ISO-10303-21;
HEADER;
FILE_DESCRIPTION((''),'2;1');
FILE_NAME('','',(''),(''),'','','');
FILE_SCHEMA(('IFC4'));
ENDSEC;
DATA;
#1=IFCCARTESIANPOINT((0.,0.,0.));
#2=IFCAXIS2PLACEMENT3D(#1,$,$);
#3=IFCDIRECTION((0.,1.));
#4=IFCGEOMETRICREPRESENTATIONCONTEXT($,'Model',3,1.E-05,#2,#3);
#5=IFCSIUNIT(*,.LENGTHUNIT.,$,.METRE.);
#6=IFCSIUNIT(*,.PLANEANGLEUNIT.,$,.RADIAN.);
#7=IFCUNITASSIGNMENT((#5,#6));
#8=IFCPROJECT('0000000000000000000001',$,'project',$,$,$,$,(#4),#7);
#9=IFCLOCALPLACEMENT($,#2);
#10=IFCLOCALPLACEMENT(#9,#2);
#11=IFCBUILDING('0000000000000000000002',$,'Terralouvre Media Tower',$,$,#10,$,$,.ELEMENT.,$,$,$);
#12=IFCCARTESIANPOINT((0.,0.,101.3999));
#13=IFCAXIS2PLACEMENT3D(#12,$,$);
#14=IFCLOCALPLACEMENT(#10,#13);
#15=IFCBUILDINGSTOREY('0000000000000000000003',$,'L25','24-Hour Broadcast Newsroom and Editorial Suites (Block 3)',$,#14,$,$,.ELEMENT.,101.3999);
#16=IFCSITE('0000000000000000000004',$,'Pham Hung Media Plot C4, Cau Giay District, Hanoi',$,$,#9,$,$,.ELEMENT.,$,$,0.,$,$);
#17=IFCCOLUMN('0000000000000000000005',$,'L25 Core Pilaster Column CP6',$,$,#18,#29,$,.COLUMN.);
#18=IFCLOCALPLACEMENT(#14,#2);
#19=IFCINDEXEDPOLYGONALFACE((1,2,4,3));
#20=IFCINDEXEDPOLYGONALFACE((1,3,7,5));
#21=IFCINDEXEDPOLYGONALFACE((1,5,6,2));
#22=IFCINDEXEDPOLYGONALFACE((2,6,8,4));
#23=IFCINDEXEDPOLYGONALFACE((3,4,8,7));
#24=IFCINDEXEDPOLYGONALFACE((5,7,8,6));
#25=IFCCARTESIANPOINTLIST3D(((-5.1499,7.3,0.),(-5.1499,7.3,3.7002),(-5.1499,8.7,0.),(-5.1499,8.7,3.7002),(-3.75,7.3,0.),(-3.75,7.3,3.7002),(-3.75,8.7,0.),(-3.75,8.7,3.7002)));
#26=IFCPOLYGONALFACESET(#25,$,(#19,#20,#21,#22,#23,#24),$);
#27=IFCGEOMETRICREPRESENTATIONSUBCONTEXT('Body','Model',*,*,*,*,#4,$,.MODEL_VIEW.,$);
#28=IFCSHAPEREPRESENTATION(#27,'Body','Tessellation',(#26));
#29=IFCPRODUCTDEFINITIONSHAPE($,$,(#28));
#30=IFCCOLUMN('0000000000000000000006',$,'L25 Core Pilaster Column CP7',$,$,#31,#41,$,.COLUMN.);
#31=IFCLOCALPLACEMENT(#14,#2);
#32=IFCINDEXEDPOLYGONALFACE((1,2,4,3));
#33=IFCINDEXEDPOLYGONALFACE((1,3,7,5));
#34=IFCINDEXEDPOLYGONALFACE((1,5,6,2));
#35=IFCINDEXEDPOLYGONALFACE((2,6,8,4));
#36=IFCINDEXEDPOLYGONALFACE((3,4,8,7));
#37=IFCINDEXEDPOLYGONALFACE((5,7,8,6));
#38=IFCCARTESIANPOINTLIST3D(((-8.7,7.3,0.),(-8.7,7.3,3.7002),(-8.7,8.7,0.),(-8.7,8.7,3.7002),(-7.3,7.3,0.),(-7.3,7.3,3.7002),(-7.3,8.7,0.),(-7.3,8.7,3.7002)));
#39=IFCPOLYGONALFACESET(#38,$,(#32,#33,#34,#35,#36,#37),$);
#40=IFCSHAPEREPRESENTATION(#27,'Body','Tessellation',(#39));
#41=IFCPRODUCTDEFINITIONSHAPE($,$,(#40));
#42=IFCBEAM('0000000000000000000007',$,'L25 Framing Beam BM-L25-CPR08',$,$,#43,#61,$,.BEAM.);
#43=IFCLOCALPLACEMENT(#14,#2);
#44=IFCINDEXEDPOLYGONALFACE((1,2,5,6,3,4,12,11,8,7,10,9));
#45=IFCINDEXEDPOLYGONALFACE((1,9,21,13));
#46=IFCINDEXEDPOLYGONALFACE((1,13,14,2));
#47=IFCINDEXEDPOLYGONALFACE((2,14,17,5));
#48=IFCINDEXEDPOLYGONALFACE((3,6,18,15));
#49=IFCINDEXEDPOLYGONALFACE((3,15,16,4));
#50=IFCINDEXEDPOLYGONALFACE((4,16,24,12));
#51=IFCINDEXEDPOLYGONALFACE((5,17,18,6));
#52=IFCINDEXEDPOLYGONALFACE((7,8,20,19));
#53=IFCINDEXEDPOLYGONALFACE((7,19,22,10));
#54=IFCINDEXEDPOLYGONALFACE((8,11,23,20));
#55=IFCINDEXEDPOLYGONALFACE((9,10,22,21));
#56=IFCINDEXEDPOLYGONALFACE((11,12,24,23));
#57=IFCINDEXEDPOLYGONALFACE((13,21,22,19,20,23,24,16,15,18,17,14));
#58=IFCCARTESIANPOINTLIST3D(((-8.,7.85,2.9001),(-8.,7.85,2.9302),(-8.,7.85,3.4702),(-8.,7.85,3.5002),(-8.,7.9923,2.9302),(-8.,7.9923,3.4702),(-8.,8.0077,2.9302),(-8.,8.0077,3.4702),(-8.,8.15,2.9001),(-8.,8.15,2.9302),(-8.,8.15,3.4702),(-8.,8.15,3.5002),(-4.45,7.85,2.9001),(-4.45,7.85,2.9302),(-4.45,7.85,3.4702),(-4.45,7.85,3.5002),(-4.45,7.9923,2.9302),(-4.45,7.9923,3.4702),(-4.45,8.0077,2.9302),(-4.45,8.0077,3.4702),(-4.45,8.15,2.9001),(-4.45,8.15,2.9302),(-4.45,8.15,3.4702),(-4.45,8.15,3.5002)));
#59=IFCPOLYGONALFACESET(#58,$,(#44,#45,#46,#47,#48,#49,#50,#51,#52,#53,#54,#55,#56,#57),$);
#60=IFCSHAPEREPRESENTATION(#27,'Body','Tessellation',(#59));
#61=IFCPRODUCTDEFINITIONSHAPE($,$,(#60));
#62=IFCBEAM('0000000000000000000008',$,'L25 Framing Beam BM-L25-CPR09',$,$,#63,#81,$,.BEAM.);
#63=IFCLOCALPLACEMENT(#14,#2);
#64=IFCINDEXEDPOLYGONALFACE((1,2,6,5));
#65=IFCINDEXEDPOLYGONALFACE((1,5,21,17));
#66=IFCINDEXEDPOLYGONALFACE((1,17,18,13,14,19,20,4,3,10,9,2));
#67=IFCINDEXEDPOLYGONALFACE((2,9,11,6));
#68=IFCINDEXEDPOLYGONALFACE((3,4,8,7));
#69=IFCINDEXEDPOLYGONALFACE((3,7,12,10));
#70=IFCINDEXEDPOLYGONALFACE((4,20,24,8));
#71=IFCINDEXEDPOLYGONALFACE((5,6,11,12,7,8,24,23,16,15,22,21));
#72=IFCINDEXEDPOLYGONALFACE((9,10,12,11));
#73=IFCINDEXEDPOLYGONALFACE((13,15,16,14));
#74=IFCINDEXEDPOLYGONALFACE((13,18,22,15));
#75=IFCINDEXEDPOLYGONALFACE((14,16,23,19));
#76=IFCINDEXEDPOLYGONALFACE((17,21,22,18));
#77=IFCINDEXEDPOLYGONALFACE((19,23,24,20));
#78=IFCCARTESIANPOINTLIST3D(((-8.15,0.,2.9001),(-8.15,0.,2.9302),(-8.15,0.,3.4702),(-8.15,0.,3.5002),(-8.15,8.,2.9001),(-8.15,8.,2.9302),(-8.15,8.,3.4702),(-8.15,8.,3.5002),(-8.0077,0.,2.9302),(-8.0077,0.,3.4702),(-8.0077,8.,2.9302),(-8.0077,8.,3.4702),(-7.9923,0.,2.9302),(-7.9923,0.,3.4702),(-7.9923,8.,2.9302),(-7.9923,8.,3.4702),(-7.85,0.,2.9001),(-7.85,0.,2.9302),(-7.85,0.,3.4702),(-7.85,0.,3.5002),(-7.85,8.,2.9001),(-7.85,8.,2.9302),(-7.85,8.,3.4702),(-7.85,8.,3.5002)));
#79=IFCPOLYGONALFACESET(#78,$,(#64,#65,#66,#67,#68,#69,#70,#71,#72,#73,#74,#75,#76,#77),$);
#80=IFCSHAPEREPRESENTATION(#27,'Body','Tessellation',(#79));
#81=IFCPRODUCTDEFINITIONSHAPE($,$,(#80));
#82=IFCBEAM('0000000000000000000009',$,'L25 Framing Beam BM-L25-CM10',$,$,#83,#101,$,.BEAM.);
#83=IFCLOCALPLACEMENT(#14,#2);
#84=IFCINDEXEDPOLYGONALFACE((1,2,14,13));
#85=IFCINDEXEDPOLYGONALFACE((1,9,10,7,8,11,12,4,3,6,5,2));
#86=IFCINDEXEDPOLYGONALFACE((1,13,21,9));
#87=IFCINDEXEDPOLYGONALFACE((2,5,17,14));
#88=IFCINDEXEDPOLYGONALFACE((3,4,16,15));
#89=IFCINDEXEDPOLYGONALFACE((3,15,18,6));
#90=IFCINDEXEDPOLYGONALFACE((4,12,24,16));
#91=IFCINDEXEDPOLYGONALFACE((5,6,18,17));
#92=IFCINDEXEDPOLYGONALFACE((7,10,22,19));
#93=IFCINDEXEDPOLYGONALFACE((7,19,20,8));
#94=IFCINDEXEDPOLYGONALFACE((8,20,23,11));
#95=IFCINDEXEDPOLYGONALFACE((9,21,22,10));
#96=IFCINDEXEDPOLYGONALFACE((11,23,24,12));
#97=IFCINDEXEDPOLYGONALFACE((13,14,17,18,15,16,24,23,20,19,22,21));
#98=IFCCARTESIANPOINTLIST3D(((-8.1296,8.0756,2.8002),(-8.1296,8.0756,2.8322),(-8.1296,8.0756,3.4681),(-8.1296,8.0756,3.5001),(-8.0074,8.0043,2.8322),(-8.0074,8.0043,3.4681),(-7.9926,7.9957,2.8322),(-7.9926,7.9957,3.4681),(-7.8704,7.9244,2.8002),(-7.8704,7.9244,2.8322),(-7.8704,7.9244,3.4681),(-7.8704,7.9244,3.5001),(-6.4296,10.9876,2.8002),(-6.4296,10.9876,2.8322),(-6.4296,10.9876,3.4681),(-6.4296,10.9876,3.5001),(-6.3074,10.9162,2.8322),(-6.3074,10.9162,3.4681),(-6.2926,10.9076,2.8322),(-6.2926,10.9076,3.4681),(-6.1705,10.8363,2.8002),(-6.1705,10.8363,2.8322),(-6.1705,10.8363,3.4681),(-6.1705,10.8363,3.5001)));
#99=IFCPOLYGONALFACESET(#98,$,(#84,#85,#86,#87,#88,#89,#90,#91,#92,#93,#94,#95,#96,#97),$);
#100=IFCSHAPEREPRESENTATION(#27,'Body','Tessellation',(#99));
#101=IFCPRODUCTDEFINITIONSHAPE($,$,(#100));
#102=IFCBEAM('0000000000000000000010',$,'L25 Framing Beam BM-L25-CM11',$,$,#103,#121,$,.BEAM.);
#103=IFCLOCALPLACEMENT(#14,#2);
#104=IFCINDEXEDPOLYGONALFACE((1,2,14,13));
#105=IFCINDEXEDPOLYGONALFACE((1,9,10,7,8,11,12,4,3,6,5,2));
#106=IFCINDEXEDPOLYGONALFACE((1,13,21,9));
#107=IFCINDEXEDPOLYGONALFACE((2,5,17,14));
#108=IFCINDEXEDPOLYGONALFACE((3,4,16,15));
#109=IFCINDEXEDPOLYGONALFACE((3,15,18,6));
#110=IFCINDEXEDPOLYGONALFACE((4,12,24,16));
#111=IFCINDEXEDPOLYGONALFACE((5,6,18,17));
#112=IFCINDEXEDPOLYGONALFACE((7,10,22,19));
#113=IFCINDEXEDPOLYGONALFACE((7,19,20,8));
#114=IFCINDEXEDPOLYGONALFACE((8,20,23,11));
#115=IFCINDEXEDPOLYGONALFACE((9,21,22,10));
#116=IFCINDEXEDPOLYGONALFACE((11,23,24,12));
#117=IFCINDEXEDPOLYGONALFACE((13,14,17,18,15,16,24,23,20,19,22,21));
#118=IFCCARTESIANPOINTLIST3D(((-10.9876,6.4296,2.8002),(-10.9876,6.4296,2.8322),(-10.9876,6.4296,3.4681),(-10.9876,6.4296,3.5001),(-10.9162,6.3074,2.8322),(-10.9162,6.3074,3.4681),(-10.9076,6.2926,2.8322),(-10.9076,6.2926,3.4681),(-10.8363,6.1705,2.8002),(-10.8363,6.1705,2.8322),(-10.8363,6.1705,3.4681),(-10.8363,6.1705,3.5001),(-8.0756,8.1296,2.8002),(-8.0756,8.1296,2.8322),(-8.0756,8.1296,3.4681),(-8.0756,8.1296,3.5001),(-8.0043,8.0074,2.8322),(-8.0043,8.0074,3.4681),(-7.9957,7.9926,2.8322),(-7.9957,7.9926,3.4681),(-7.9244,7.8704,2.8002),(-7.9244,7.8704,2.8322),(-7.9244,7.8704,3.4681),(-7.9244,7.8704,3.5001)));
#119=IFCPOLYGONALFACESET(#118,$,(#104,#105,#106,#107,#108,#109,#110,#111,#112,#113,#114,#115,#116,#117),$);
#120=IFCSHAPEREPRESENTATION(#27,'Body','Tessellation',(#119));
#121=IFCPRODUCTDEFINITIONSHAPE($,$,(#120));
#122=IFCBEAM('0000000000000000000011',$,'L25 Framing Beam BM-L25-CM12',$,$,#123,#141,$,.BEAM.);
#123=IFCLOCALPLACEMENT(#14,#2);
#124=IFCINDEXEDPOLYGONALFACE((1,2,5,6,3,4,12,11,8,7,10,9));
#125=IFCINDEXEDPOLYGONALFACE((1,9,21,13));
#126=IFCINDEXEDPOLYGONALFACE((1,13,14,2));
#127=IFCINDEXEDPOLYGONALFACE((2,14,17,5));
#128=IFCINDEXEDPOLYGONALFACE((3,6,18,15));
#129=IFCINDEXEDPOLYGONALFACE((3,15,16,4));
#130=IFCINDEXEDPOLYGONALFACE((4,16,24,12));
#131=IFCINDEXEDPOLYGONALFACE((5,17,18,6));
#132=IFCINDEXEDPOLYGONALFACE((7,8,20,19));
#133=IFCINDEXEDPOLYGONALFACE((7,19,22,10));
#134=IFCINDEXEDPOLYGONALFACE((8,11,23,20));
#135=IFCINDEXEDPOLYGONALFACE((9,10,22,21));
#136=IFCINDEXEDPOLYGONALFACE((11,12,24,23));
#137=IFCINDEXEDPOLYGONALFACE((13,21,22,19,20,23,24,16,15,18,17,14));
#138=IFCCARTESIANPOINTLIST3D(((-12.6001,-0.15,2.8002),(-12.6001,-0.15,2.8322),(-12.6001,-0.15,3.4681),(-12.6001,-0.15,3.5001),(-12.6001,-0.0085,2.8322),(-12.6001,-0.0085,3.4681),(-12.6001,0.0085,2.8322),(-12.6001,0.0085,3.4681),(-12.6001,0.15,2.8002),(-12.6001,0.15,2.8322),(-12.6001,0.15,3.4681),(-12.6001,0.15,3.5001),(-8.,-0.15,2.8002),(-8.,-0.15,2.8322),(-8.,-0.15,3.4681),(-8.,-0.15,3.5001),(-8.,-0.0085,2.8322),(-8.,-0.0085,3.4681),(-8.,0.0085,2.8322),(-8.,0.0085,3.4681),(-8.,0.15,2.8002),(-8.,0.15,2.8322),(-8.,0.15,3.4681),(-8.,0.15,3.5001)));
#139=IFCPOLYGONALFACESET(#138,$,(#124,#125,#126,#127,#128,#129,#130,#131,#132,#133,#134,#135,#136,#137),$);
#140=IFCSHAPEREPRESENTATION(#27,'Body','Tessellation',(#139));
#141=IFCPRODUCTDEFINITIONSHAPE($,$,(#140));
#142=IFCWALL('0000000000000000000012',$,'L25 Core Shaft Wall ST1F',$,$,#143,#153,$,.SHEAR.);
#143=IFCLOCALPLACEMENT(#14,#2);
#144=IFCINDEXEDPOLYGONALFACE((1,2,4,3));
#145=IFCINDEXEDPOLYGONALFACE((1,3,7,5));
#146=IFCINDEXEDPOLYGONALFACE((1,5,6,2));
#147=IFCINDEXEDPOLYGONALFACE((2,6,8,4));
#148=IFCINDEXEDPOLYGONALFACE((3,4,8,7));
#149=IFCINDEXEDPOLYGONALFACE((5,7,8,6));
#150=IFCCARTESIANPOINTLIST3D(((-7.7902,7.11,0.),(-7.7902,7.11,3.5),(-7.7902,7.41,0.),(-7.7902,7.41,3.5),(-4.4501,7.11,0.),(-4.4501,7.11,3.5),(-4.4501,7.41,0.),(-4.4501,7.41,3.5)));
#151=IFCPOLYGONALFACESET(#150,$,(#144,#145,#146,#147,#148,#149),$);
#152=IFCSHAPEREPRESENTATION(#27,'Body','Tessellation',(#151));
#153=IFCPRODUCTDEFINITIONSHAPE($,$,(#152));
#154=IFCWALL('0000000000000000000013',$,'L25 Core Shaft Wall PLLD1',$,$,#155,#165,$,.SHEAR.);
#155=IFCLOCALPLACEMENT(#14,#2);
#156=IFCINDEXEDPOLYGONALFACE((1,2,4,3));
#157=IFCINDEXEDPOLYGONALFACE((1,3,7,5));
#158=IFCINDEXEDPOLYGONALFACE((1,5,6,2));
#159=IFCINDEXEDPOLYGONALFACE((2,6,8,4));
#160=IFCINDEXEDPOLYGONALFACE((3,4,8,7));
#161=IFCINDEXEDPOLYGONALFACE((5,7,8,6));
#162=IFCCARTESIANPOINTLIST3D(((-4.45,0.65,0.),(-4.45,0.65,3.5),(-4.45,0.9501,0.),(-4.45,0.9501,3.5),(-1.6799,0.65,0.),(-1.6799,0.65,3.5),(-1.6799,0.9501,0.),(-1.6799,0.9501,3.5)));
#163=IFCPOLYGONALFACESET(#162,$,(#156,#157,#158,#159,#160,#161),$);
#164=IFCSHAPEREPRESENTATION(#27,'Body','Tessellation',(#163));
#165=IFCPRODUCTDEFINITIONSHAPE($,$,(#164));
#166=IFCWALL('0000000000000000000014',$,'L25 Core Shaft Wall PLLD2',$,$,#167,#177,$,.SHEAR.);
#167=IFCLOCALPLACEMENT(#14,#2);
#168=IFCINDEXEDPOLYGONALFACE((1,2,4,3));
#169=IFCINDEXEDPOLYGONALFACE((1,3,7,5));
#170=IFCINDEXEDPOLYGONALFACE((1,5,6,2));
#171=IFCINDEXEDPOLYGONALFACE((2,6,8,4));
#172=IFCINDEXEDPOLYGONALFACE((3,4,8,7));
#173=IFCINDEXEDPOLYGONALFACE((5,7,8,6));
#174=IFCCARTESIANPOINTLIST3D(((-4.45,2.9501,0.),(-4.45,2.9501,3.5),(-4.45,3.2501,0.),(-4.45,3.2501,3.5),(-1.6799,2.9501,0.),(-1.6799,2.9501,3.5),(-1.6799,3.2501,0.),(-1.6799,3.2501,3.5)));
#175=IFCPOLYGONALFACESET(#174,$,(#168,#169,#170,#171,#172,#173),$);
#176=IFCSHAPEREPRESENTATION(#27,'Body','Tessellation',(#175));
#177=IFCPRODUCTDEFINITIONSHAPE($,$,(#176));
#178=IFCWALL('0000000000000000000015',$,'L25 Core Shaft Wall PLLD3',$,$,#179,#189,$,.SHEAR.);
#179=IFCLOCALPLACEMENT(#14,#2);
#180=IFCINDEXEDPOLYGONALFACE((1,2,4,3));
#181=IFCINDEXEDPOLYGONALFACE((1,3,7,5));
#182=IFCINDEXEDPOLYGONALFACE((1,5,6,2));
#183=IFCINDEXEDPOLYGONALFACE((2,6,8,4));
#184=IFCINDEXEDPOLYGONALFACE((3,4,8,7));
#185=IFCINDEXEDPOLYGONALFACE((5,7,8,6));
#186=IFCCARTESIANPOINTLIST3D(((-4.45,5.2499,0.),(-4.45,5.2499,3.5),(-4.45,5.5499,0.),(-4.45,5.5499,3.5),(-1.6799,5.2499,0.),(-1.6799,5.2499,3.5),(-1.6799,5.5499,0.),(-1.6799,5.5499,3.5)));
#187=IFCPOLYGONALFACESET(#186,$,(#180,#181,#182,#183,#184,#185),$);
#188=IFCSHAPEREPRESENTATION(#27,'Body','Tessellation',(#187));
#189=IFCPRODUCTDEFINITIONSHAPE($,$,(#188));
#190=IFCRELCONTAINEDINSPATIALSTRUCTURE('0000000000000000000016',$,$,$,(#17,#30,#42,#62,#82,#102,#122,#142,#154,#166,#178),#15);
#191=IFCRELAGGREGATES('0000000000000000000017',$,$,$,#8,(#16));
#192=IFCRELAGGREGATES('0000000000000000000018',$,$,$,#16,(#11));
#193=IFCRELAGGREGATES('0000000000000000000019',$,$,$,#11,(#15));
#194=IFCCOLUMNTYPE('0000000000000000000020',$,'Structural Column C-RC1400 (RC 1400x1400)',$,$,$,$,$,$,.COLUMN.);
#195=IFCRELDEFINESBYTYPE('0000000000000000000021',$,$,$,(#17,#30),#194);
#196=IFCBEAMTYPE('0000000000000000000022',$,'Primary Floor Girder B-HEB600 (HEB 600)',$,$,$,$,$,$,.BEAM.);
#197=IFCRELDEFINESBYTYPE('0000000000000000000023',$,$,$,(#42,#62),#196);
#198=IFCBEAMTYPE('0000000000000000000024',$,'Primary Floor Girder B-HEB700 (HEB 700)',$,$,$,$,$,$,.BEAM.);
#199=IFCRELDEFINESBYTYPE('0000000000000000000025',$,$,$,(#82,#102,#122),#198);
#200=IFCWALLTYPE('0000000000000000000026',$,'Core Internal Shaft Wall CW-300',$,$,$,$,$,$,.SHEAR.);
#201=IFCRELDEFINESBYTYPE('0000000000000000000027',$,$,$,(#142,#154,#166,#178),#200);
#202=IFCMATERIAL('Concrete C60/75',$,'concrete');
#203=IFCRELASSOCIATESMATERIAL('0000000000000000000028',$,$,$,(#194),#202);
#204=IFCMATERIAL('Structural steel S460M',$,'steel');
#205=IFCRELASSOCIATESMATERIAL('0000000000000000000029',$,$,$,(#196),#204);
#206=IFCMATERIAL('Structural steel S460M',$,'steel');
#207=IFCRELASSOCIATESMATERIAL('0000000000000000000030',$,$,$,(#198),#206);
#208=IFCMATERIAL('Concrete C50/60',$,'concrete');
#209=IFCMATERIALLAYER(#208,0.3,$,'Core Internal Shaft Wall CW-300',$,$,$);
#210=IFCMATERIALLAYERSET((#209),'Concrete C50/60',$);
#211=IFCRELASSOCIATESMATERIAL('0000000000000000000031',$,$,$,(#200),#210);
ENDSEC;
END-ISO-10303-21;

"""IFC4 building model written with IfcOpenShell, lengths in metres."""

from ifc_helpers import new_model, si_unit, direction, frame, frame_2d, origin, origin_2d, place, context, subcontext, project, spatial, rectangle, i_section, extrude, material, layer, layer_set, material_profile, profile_set, type_object, element, save


model = new_model("IFC4")

# Units and contexts
model_context = context("Model", 3, precision=1e-05, world=origin(), true_north=direction((0.0, 1.0)))
body_context = subcontext(model_context, "Body", "Model", "MODEL_VIEW")
ifc_project = project(units=[si_unit("LENGTHUNIT", "METRE"), si_unit("PLANEANGLEUNIT", "RADIAN")], contexts=[model_context])

# Site, building, storey
site_placement = place(None, origin())
site = spatial("IfcSite", under=ifc_project, at=site_placement, Name="Pham Hung Media Plot C4, Cau Giay District, Hanoi", CompositionType="ELEMENT", RefElevation=0.0)
building_placement = place(site_placement, origin())
building = spatial("IfcBuilding", under=site, at=building_placement, Name="Terralouvre Media Tower", CompositionType="ELEMENT")
storey_placement = place(building_placement, frame((0.0, 0.0, 101.3999)))
storey = spatial("IfcBuildingStorey", under=building, at=storey_placement, Name="L25", Description="24-Hour Broadcast Newsroom and Editorial Suites (Block 3)", CompositionType="ELEMENT", Elevation=101.3999)

# Columns
ifc_material_1 = material(Name="Concrete C60/75", Category="concrete")
ifc_material_profile_1 = material_profile(ifc_material_1, rectangle(XDim=1.3999, YDim=1.3999, at=origin_2d()), Name="RC 1400x1400")
ifc_profile_set_1 = profile_set([ifc_material_profile_1], Name="Concrete C60/75")
column_type = type_object("IfcColumnType", Name="Structural Column C-RC1400 (RC 1400x1400)", PredefinedType="COLUMN", material=ifc_profile_set_1)
for number, where, z_axis, x_axis, name in (
    (1, (-4.45, 8.0, 0.0), (0.0, 0.0, 1.0), (1.0, 0.0, 0.0), "L25 Core Pilaster Column CP6"),
    (2, (-8.0, 8.0, 0.0), (0.0, 0.0, 1.0), (1.0, 0.0, 0.0), "L25 Core Pilaster Column CP7"),
):
    element("IfcColumn", number, at=place(storey_placement, frame(where, z_axis=z_axis, x_axis=x_axis)), inside=storey, type_object=column_type, Name=name, PredefinedType="COLUMN", context=body_context, shape_type="SweptSolid", body=[
        extrude(rectangle(XDim=1.3999, YDim=1.3999, at=origin_2d()), origin(), (0.0, 0.0, 1.0), 3.7002),
    ])

# Beams
ifc_material_2 = material(Name="Structural steel S460M", Category="steel")
ifc_material_profile_2 = material_profile(ifc_material_2, i_section(OverallWidth=0.3, OverallDepth=0.6001, WebThickness=0.0154, FlangeThickness=0.03, at=origin_2d()), Name="HEB 600")
ifc_profile_set_2 = profile_set([ifc_material_profile_2], Name="Structural steel S460M")
beam_type_1 = type_object("IfcBeamType", Name="Primary Floor Girder B-HEB600 (HEB 600)", PredefinedType="BEAM", material=ifc_profile_set_2)
beam_1_placement = place(storey_placement, frame((-4.45, 8.0, 3.2002), z_axis=(-1.0, 0.0, 0.0), x_axis=(0.0, -1.0, 0.0)))
element("IfcBeam", 3, at=beam_1_placement, inside=storey, type_object=beam_type_1, Name="L25 Framing Beam BM-L25-CPR08", PredefinedType="BEAM", context=body_context, shape_type="SweptSolid", body=[
    extrude(i_section(OverallWidth=0.3, OverallDepth=0.6001, WebThickness=0.0154, FlangeThickness=0.03, at=origin_2d()), origin(), (0.0, 0.0, 1.0), 3.55),
])
beam_2_placement = place(storey_placement, frame((-8.0, 8.0, 3.2002), z_axis=(0.0, -1.0, 0.0), x_axis=(1.0, 0.0, 0.0)))
element("IfcBeam", 4, at=beam_2_placement, inside=storey, type_object=beam_type_1, Name="L25 Framing Beam BM-L25-CPR09", PredefinedType="BEAM", context=body_context, shape_type="SweptSolid", body=[
    extrude(i_section(OverallWidth=0.3, OverallDepth=0.6001, WebThickness=0.0154, FlangeThickness=0.03, at=origin_2d()), origin(), (0.0, 0.0, 1.0), 8.0),
])
ifc_material_3 = material(Name="Structural steel S460M", Category="steel")
ifc_material_profile_3 = material_profile(ifc_material_3, i_section(OverallWidth=0.3, OverallDepth=0.7, WebThickness=0.0171, FlangeThickness=0.032, at=origin_2d()), Name="HEB 700")
ifc_profile_set_3 = profile_set([ifc_material_profile_3], Name="Structural steel S460M")
beam_type_2 = type_object("IfcBeamType", Name="Primary Floor Girder B-HEB700 (HEB 700)", PredefinedType="BEAM", material=ifc_profile_set_3)
for number, where, z_axis, x_axis, name in (
    (5, (-8.0, 8.0, 3.1501), (0.504173, 0.863603, 0.0), (-0.863603, 0.504173, 0.0), "L25 Framing Beam BM-L25-CM10"),
    (6, (-8.0, 8.0, 3.1501), (-0.863603, -0.504173, 0.0), (0.504173, -0.863603, 0.0), "L25 Framing Beam BM-L25-CM11"),
):
    element("IfcBeam", number, at=place(storey_placement, frame(where, z_axis=z_axis, x_axis=x_axis)), inside=storey, type_object=beam_type_2, Name=name, PredefinedType="BEAM", context=body_context, shape_type="SweptSolid", body=[
        extrude(i_section(OverallWidth=0.3, OverallDepth=0.7, WebThickness=0.0171, FlangeThickness=0.032, at=origin_2d()), origin(), (0.0, 0.0, 1.0), 3.3718),
    ])
beam_3_placement = place(storey_placement, frame((-8.0, 0.0, 3.1501), z_axis=(-1.0, 0.0, 0.0), x_axis=(0.0, -1.0, 0.0)))
element("IfcBeam", 7, at=beam_3_placement, inside=storey, type_object=beam_type_2, Name="L25 Framing Beam BM-L25-CM12", PredefinedType="BEAM", context=body_context, shape_type="SweptSolid", body=[
    extrude(i_section(OverallWidth=0.3, OverallDepth=0.7, WebThickness=0.0171, FlangeThickness=0.032, at=origin_2d()), origin(), (0.0, 0.0, 1.0), 4.6001),
])

# Shared definitions
ifc_material_4 = material(Name="Concrete C50/60", Category="concrete")
ifc_layer_1 = layer(ifc_material_4, 0.3, Name="Core Internal Shaft Wall CW-300")
ifc_layer_set_1 = layer_set([ifc_layer_1], Name="Concrete C50/60")
wall_type_1 = type_object("IfcWallType", Name="Core Internal Shaft Wall CW-300", PredefinedType="SHEAR", material=ifc_layer_set_1)

# Walls
wall_1_placement = place(storey_placement, frame((-7.79, 7.26, 0.0), z_axis=(0.0, 0.0, 1.0), x_axis=(1.0, 0.0, 0.0)))
element("IfcWall", 8, at=wall_1_placement, inside=storey, type_object=wall_type_1, Name="L25 Core Shaft Wall ST1F", PredefinedType="SHEAR", context=body_context, shape_type="SweptSolid", body=[
    extrude(rectangle(XDim=3.3401, YDim=0.3, at=frame_2d((1.6699, 0.0))), origin(), (0.0, 0.0, 1.0), 3.5),
])
for number, where, z_axis, x_axis, name in (
    (9, (-4.45, 0.8, 0.0), (0.0, 0.0, 1.0), (1.0, 0.0, 0.0), "L25 Core Shaft Wall PLLD1"),
    (10, (-4.45, 3.1001, 0.0), (0.0, 0.0, 1.0), (1.0, 0.0, 0.0), "L25 Core Shaft Wall PLLD2"),
    (11, (-4.45, 5.3999, 0.0), (0.0, 0.0, 1.0), (1.0, 0.0, 0.0), "L25 Core Shaft Wall PLLD3"),
):
    element("IfcWall", number, at=place(storey_placement, frame(where, z_axis=z_axis, x_axis=x_axis)), inside=storey, type_object=wall_type_1, Name=name, PredefinedType="SHEAR", context=body_context, shape_type="SweptSolid", body=[
        extrude(rectangle(XDim=2.77, YDim=0.3, at=frame_2d((1.385, 0.0))), origin(), (0.0, 0.0, 1.0), 3.5),
    ])

save(model, "model.ifc")
